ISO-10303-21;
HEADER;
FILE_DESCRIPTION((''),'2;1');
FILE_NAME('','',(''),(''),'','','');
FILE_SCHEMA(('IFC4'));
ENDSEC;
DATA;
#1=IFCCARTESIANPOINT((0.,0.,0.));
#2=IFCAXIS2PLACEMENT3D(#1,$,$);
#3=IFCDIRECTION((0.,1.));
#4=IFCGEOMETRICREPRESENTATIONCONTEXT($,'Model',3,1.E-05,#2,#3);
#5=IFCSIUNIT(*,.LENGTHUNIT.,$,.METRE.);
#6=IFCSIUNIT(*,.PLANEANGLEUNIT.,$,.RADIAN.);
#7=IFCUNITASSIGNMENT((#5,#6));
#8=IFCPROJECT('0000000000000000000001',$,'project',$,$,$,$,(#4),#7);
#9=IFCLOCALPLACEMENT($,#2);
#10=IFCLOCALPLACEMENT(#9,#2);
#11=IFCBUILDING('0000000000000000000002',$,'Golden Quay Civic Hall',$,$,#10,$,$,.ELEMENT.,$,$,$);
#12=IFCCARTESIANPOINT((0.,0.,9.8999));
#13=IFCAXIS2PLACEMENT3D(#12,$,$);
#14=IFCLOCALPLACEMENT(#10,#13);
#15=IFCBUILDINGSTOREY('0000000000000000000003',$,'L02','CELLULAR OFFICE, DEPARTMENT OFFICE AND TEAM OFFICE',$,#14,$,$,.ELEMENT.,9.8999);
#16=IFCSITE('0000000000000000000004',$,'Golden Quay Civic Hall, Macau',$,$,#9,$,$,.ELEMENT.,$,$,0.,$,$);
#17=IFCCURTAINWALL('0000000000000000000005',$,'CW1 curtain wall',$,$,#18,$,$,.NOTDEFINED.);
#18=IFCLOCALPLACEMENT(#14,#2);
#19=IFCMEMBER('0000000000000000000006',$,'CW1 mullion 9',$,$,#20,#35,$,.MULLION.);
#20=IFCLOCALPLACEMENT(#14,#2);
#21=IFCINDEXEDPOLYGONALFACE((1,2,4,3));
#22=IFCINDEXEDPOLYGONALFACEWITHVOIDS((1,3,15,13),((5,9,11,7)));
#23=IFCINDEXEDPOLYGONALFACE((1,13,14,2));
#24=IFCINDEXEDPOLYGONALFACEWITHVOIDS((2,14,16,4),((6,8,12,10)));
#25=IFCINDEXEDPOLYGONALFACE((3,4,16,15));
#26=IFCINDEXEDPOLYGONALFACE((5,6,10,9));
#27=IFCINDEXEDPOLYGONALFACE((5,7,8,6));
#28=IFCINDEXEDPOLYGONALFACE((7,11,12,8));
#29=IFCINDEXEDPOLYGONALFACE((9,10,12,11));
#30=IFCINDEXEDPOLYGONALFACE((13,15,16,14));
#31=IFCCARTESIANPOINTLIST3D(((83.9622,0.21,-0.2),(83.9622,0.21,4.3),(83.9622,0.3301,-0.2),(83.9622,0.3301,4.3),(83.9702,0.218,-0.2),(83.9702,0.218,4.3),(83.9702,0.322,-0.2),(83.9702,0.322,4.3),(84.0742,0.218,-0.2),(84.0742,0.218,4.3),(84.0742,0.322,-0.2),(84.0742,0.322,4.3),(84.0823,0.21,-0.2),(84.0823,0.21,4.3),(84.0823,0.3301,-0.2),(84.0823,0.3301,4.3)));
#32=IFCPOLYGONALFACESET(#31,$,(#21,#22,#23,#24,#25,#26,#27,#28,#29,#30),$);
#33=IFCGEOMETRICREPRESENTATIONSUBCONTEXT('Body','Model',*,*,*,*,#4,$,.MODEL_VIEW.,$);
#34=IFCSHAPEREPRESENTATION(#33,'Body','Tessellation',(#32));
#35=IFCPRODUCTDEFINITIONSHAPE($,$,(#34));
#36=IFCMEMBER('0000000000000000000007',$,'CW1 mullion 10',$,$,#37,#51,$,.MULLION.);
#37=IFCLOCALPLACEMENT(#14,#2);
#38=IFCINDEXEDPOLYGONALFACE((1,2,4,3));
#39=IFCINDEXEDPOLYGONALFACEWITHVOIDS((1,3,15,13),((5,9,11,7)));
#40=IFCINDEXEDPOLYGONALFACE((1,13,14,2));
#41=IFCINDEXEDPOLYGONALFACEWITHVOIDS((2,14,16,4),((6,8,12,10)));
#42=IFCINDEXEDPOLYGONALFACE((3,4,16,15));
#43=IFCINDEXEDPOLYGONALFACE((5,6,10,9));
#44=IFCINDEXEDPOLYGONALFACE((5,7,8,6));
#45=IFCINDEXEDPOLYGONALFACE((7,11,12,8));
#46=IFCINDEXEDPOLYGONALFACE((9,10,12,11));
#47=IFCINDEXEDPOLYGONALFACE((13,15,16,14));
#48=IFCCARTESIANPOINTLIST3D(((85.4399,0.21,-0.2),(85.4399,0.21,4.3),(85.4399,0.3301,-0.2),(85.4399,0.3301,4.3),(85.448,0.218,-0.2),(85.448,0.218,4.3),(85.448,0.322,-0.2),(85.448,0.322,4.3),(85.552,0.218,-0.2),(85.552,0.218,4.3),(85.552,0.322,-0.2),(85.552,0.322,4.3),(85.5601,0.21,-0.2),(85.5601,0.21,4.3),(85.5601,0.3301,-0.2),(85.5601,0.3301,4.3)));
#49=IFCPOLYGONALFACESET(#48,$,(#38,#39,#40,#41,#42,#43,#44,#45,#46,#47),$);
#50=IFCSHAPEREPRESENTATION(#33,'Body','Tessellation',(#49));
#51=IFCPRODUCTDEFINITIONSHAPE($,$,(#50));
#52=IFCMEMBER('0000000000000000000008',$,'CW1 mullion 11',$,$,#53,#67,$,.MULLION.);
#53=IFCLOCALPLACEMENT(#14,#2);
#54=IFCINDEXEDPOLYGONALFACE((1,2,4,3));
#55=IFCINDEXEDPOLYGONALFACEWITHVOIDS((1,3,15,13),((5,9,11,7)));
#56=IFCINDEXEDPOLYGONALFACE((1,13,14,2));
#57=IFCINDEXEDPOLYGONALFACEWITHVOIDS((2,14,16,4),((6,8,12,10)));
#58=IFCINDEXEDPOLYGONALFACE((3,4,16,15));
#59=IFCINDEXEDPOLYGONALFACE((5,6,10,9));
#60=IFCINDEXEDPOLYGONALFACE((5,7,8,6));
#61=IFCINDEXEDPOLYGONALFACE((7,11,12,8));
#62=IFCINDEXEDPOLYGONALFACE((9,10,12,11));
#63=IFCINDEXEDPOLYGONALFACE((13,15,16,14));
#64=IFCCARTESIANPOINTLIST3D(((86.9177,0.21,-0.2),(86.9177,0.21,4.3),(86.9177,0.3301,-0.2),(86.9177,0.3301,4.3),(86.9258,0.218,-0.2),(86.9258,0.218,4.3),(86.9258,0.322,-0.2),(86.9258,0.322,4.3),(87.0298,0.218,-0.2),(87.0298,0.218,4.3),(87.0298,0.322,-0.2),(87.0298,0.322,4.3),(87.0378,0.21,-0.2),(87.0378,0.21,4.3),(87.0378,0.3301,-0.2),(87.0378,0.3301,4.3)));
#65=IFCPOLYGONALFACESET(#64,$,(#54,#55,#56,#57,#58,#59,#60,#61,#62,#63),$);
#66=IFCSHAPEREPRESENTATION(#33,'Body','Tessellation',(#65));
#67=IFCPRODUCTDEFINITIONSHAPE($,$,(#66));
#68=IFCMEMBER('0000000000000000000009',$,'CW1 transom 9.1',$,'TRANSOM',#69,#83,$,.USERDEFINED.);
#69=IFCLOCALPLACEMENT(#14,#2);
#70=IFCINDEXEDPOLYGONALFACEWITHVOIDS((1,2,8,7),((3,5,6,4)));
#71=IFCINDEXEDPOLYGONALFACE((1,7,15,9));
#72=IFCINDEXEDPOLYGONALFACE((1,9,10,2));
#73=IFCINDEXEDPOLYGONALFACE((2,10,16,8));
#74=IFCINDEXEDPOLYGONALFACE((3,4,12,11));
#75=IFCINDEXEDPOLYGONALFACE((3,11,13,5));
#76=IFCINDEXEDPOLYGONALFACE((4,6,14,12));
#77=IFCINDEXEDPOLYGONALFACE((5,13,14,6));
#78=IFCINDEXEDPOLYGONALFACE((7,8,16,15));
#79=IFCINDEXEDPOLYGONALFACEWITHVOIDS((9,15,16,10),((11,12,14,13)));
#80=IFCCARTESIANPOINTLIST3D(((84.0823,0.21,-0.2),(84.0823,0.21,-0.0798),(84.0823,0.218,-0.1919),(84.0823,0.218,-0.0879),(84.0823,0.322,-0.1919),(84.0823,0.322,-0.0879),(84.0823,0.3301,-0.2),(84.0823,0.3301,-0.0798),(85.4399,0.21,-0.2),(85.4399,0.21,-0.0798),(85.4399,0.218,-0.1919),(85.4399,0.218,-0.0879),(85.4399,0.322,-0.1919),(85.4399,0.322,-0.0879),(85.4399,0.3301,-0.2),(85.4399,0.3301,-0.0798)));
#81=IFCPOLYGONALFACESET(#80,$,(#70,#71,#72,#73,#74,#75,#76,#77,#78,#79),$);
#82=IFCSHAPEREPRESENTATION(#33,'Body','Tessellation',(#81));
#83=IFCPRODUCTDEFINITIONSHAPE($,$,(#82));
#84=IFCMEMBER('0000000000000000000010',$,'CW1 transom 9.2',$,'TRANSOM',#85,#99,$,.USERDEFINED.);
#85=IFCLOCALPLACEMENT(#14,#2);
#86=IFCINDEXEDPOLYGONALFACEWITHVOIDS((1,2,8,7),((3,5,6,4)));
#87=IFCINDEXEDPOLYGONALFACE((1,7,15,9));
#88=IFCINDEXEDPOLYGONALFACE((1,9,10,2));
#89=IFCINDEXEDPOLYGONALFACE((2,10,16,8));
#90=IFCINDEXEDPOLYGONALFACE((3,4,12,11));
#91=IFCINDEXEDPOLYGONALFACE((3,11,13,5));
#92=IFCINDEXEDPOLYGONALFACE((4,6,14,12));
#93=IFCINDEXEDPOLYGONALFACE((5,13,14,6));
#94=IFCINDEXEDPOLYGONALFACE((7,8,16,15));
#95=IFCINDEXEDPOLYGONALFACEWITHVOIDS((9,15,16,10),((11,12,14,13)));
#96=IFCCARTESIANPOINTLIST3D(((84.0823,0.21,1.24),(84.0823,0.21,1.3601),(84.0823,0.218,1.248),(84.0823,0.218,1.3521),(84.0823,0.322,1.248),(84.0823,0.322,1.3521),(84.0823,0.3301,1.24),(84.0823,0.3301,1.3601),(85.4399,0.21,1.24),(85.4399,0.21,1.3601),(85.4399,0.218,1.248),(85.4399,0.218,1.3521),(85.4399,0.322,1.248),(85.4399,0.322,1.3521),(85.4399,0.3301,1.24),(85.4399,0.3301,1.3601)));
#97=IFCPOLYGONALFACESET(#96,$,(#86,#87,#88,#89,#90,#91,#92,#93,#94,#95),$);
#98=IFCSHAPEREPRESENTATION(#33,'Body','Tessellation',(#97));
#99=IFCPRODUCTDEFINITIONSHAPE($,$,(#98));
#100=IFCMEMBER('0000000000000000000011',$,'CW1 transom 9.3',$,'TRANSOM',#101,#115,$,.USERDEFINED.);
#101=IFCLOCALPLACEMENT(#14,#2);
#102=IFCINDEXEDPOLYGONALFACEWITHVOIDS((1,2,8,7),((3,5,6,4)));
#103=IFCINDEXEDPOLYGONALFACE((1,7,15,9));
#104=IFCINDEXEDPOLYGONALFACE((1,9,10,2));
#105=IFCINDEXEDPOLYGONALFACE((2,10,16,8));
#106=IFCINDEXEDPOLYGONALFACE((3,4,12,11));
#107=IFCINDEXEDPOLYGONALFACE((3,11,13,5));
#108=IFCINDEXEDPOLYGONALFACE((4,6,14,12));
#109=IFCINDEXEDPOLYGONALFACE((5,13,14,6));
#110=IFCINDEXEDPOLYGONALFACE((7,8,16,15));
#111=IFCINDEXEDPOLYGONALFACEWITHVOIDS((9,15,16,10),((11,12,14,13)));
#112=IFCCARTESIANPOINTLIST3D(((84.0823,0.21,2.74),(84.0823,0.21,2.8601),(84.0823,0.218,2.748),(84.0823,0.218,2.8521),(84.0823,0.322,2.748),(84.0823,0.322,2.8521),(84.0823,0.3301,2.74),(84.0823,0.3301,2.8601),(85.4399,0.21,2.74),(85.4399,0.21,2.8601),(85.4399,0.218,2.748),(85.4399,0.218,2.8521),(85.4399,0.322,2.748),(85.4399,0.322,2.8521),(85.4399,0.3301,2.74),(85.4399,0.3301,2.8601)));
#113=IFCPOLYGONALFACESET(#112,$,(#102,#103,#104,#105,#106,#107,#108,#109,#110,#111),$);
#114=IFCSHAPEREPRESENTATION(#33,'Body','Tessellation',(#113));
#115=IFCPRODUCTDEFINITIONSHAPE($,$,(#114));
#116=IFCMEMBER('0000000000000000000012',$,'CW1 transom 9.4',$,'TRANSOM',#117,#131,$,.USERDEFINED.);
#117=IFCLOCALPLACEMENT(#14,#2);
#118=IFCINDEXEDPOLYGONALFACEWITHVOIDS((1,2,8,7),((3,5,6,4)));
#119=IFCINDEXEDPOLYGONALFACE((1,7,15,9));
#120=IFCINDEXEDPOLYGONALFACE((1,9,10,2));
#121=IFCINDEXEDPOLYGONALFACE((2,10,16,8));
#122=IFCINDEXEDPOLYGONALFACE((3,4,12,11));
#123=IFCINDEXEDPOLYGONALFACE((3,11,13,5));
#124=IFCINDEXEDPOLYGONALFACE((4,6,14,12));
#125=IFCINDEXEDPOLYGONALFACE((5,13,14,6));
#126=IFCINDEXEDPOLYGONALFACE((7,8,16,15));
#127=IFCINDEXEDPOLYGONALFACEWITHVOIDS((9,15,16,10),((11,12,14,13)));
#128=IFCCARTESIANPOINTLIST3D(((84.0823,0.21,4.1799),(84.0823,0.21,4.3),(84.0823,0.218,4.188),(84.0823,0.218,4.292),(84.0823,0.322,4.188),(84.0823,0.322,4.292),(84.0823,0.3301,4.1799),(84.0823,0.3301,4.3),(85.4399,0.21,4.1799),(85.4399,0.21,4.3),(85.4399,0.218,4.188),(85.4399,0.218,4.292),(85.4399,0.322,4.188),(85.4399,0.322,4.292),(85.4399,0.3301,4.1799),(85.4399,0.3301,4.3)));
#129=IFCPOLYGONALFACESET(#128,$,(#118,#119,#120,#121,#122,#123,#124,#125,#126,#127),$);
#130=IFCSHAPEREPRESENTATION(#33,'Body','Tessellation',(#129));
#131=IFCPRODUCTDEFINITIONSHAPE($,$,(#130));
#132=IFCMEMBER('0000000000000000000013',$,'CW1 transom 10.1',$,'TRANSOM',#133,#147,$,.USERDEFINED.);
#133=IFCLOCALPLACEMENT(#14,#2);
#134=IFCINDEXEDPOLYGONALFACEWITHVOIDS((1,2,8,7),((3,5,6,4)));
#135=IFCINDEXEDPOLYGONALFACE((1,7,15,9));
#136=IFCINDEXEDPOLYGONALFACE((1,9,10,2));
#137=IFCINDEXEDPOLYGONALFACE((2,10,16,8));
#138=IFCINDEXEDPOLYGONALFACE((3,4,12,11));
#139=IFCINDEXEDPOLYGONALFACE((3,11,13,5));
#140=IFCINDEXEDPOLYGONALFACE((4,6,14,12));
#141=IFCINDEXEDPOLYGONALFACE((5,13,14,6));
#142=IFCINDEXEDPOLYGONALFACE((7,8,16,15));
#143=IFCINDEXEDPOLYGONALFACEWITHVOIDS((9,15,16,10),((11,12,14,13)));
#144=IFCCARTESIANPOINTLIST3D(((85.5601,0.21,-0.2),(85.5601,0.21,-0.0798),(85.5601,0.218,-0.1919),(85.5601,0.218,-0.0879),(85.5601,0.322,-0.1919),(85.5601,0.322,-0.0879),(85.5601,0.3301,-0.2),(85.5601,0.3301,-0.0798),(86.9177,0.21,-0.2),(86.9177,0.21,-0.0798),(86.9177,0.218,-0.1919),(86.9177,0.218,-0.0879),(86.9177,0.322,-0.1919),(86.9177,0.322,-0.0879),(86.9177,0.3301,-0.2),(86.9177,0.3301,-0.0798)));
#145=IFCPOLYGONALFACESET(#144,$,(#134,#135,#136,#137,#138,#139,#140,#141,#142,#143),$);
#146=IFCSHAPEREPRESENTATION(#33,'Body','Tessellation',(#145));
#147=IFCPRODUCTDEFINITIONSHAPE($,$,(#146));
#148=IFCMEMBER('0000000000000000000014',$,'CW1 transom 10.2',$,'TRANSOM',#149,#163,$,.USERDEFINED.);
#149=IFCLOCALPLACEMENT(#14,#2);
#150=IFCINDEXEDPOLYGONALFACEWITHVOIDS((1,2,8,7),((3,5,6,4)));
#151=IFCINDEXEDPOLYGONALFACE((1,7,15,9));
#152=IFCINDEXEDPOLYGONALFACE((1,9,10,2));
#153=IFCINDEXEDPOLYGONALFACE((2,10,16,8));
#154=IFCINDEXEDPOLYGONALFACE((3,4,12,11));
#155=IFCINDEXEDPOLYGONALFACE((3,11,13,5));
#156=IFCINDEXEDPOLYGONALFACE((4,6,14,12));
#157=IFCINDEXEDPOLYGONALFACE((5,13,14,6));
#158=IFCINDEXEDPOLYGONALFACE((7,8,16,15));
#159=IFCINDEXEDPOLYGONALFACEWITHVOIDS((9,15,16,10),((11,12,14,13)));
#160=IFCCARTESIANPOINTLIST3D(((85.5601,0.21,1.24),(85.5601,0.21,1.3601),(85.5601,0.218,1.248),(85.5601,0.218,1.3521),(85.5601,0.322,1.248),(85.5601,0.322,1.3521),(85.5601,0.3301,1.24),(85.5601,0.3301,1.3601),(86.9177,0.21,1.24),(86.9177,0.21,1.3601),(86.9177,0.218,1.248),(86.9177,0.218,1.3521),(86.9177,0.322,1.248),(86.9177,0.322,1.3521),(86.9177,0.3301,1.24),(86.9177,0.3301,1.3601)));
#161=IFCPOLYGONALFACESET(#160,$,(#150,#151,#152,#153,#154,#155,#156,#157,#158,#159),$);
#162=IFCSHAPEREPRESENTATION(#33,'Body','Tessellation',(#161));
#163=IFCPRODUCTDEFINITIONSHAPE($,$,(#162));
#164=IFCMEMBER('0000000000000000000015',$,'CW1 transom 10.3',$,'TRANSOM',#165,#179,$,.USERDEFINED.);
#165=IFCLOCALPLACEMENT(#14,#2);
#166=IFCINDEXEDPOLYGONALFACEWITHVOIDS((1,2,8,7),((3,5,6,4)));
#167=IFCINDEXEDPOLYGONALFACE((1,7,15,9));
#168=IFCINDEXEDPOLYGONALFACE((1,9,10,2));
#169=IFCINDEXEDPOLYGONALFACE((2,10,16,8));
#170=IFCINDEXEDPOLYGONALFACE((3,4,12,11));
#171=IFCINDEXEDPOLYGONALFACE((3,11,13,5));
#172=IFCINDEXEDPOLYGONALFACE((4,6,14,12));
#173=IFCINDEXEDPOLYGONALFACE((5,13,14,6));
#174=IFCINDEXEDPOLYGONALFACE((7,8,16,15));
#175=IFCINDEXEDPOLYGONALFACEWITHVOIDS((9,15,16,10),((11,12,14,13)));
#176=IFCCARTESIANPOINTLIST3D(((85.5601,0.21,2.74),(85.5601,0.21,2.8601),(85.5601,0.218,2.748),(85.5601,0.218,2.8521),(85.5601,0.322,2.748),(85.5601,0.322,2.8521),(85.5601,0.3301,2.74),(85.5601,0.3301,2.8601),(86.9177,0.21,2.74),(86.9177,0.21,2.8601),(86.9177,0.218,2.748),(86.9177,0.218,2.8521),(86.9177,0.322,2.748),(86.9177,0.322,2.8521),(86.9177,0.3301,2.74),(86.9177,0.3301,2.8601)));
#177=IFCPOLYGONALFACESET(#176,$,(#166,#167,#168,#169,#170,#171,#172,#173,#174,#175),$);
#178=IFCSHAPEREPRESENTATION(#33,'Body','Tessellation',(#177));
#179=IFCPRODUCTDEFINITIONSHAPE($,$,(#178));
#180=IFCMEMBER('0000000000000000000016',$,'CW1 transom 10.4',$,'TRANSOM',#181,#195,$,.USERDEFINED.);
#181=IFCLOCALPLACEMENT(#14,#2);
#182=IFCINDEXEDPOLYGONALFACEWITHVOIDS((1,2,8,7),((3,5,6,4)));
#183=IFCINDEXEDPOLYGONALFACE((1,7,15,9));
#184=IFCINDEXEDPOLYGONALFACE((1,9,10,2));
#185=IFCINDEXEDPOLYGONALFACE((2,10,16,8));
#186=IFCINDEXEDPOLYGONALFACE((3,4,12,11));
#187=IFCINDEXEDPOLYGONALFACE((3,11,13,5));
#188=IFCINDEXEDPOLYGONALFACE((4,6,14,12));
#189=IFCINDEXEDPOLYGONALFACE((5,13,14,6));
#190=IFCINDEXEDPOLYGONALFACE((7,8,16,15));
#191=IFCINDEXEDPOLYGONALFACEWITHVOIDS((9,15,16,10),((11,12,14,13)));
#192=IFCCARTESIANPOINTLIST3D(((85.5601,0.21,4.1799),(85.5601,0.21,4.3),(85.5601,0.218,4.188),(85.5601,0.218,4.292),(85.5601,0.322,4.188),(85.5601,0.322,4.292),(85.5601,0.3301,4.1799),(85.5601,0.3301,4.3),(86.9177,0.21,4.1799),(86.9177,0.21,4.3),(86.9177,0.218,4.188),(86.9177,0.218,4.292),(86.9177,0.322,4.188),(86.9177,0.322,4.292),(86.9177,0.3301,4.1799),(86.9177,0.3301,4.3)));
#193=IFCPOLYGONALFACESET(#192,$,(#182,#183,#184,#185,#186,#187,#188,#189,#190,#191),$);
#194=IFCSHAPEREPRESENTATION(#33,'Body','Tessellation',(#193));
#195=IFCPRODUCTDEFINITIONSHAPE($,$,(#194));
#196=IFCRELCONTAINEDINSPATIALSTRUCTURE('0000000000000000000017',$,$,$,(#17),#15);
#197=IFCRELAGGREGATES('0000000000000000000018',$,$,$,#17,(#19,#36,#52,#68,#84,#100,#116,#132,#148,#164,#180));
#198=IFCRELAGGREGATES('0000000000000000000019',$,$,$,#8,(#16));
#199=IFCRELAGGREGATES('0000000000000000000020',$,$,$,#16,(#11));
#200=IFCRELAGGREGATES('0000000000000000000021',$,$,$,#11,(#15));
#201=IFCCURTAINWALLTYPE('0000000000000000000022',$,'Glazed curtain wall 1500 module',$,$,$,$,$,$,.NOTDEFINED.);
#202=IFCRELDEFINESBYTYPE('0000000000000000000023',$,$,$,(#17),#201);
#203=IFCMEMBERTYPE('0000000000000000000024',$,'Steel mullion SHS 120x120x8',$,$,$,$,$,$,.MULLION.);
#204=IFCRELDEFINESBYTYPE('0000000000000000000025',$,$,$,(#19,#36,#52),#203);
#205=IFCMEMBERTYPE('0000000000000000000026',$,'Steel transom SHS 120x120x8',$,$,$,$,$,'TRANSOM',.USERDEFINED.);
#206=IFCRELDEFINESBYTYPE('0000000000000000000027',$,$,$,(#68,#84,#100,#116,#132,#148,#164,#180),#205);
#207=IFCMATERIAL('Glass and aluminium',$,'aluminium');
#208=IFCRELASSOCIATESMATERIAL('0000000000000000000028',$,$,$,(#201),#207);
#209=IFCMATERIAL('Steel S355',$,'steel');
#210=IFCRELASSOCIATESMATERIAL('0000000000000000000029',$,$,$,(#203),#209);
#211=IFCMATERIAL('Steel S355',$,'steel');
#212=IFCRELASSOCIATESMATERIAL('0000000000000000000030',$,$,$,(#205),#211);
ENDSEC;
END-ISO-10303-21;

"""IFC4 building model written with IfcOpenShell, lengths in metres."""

from ifc_helpers import new_model, si_unit, direction, frame, origin, origin_2d, place, context, subcontext, project, spatial, hollow_rectangle, extrude, material, material_profile, profile_set, type_object, element, aggregate, save


model = new_model("IFC4")

# Units and contexts
model_context = context("Model", 3, precision=1e-05, world=origin(), true_north=direction((0.0, 1.0)))
body_context = subcontext(model_context, "Body", "Model", "MODEL_VIEW")
ifc_project = project(units=[si_unit("LENGTHUNIT", "METRE"), si_unit("PLANEANGLEUNIT", "RADIAN")], contexts=[model_context])

# Site, building, storey
site_placement = place(None, origin())
site = spatial("IfcSite", under=ifc_project, at=site_placement, Name="Golden Quay Civic Hall, Macau", CompositionType="ELEMENT", RefElevation=0.0)
building_placement = place(site_placement, origin())
building = spatial("IfcBuilding", under=site, at=building_placement, Name="Golden Quay Civic Hall", CompositionType="ELEMENT")
storey_placement = place(building_placement, frame((0.0, 0.0, 9.8999)))
storey = spatial("IfcBuildingStorey", under=building, at=storey_placement, Name="L02", Description="CELLULAR OFFICE, DEPARTMENT OFFICE AND TEAM OFFICE", CompositionType="ELEMENT", Elevation=9.8999)

# Curtain wall, members
ifc_material_1 = material(Name="Glass and aluminium", Category="aluminium")
curtain_wall_type = type_object("IfcCurtainWallType", Name="Glazed curtain wall 1500 module", PredefinedType="NOTDEFINED", material=ifc_material_1)
curtain_wall_placement = place(storey_placement, origin())
curtain_wall = element("IfcCurtainWall", 1, at=curtain_wall_placement, inside=storey, type_object=curtain_wall_type, Name="CW1 curtain wall", PredefinedType="NOTDEFINED")
ifc_material_2 = material(Name="Steel S355", Category="steel")
ifc_material_profile_1 = material_profile(ifc_material_2, hollow_rectangle(XDim=0.1201, YDim=0.1201, WallThickness=0.0081, at=origin_2d()), Name="SHS 120x120x8")
ifc_profile_set_1 = profile_set([ifc_material_profile_1], Name="Steel S355")
member_type_1 = type_object("IfcMemberType", Name="Steel mullion SHS 120x120x8", PredefinedType="MULLION", material=ifc_profile_set_1)
member_1_placement = place(storey_placement, frame((84.0222, 0.27, -0.2), z_axis=(0.0, 0.0, 1.0), x_axis=(0.0, 1.0, 0.0)))
member_1 = element("IfcMember", 2, at=member_1_placement, type_object=member_type_1, Name="CW1 mullion 9", PredefinedType="MULLION", context=body_context, shape_type="SweptSolid", body=[
    extrude(hollow_rectangle(XDim=0.1201, YDim=0.1201, WallThickness=0.0081, at=origin_2d()), origin(), (0.0, 0.0, 1.0), 4.5),
])
member_2_placement = place(storey_placement, frame((85.5, 0.27, -0.2), z_axis=(0.0, 0.0, 1.0), x_axis=(0.0, 1.0, 0.0)))
member_2 = element("IfcMember", 3, at=member_2_placement, type_object=member_type_1, Name="CW1 mullion 10", PredefinedType="MULLION", context=body_context, shape_type="SweptSolid", body=[
    extrude(hollow_rectangle(XDim=0.1201, YDim=0.1201, WallThickness=0.0081, at=origin_2d()), origin(), (0.0, 0.0, 1.0), 4.5),
])
member_3_placement = place(storey_placement, frame((86.9778, 0.27, -0.2), z_axis=(0.0, 0.0, 1.0), x_axis=(0.0, 1.0, 0.0)))
member_3 = element("IfcMember", 4, at=member_3_placement, type_object=member_type_1, Name="CW1 mullion 11", PredefinedType="MULLION", context=body_context, shape_type="SweptSolid", body=[
    extrude(hollow_rectangle(XDim=0.1201, YDim=0.1201, WallThickness=0.0081, at=origin_2d()), origin(), (0.0, 0.0, 1.0), 4.5),
])
ifc_material_3 = material(Name="Steel S355", Category="steel")
ifc_material_profile_2 = material_profile(ifc_material_3, hollow_rectangle(XDim=0.1201, YDim=0.1201, WallThickness=0.0081, at=origin_2d()), Name="SHS 120x120x8")
ifc_profile_set_2 = profile_set([ifc_material_profile_2], Name="Steel S355")
member_type_2 = type_object("IfcMemberType", Name="Steel transom SHS 120x120x8", ElementType="TRANSOM", PredefinedType="USERDEFINED", material=ifc_profile_set_2)
member_4_placement = place(storey_placement, frame((84.0823, 0.27, -0.1399), z_axis=(1.0, 0.0, 0.0), x_axis=(0.0, 1.0, 0.0)))
member_4 = element("IfcMember", 5, at=member_4_placement, type_object=member_type_2, Name="CW1 transom 9.1", ObjectType="TRANSOM", PredefinedType="USERDEFINED", context=body_context, shape_type="SweptSolid", body=[
    extrude(hollow_rectangle(XDim=0.1201, YDim=0.1201, WallThickness=0.0081, at=origin_2d()), origin(), (0.0, 0.0, 1.0), 1.3577),
])
member_5_placement = place(storey_placement, frame((84.0823, 0.27, 1.3), z_axis=(1.0, 0.0, 0.0), x_axis=(0.0, 1.0, 0.0)))
member_5 = element("IfcMember", 6, at=member_5_placement, type_object=member_type_2, Name="CW1 transom 9.2", ObjectType="TRANSOM", PredefinedType="USERDEFINED", context=body_context, shape_type="SweptSolid", body=[
    extrude(hollow_rectangle(XDim=0.1201, YDim=0.1201, WallThickness=0.0081, at=origin_2d()), origin(), (0.0, 0.0, 1.0), 1.3577),
])
member_6_placement = place(storey_placement, frame((84.0823, 0.27, 2.8), z_axis=(1.0, 0.0, 0.0), x_axis=(0.0, 1.0, 0.0)))
member_6 = element("IfcMember", 7, at=member_6_placement, type_object=member_type_2, Name="CW1 transom 9.3", ObjectType="TRANSOM", PredefinedType="USERDEFINED", context=body_context, shape_type="SweptSolid", body=[
    extrude(hollow_rectangle(XDim=0.1201, YDim=0.1201, WallThickness=0.0081, at=origin_2d()), origin(), (0.0, 0.0, 1.0), 1.3577),
])
member_7_placement = place(storey_placement, frame((84.0823, 0.27, 4.24), z_axis=(1.0, 0.0, 0.0), x_axis=(0.0, 1.0, 0.0)))
member_7 = element("IfcMember", 8, at=member_7_placement, type_object=member_type_2, Name="CW1 transom 9.4", ObjectType="TRANSOM", PredefinedType="USERDEFINED", context=body_context, shape_type="SweptSolid", body=[
    extrude(hollow_rectangle(XDim=0.1201, YDim=0.1201, WallThickness=0.0081, at=origin_2d()), origin(), (0.0, 0.0, 1.0), 1.3577),
])
member_8_placement = place(storey_placement, frame((85.5601, 0.27, -0.1399), z_axis=(1.0, 0.0, 0.0), x_axis=(0.0, 1.0, 0.0)))
member_8 = element("IfcMember", 9, at=member_8_placement, type_object=member_type_2, Name="CW1 transom 10.1", ObjectType="TRANSOM", PredefinedType="USERDEFINED", context=body_context, shape_type="SweptSolid", body=[
    extrude(hollow_rectangle(XDim=0.1201, YDim=0.1201, WallThickness=0.0081, at=origin_2d()), origin(), (0.0, 0.0, 1.0), 1.3577),
])
member_9_placement = place(storey_placement, frame((85.5601, 0.27, 1.3), z_axis=(1.0, 0.0, 0.0), x_axis=(0.0, 1.0, 0.0)))
member_9 = element("IfcMember", 10, at=member_9_placement, type_object=member_type_2, Name="CW1 transom 10.2", ObjectType="TRANSOM", PredefinedType="USERDEFINED", context=body_context, shape_type="SweptSolid", body=[
    extrude(hollow_rectangle(XDim=0.1201, YDim=0.1201, WallThickness=0.0081, at=origin_2d()), origin(), (0.0, 0.0, 1.0), 1.3577),
])
member_10_placement = place(storey_placement, frame((85.5601, 0.27, 2.8), z_axis=(1.0, 0.0, 0.0), x_axis=(0.0, 1.0, 0.0)))
member_10 = element("IfcMember", 11, at=member_10_placement, type_object=member_type_2, Name="CW1 transom 10.3", ObjectType="TRANSOM", PredefinedType="USERDEFINED", context=body_context, shape_type="SweptSolid", body=[
    extrude(hollow_rectangle(XDim=0.1201, YDim=0.1201, WallThickness=0.0081, at=origin_2d()), origin(), (0.0, 0.0, 1.0), 1.3577),
])
member_11_placement = place(storey_placement, frame((85.5601, 0.27, 4.24), z_axis=(1.0, 0.0, 0.0), x_axis=(0.0, 1.0, 0.0)))
member_11 = element("IfcMember", 12, at=member_11_placement, type_object=member_type_2, Name="CW1 transom 10.4", ObjectType="TRANSOM", PredefinedType="USERDEFINED", context=body_context, shape_type="SweptSolid", body=[
    extrude(hollow_rectangle(XDim=0.1201, YDim=0.1201, WallThickness=0.0081, at=origin_2d()), origin(), (0.0, 0.0, 1.0), 1.3577),
])
aggregate(curtain_wall, [member_1, member_2, member_3, member_4, member_5, member_6, member_7, member_8, member_9, member_10, member_11])

save(model, "model.ifc")
